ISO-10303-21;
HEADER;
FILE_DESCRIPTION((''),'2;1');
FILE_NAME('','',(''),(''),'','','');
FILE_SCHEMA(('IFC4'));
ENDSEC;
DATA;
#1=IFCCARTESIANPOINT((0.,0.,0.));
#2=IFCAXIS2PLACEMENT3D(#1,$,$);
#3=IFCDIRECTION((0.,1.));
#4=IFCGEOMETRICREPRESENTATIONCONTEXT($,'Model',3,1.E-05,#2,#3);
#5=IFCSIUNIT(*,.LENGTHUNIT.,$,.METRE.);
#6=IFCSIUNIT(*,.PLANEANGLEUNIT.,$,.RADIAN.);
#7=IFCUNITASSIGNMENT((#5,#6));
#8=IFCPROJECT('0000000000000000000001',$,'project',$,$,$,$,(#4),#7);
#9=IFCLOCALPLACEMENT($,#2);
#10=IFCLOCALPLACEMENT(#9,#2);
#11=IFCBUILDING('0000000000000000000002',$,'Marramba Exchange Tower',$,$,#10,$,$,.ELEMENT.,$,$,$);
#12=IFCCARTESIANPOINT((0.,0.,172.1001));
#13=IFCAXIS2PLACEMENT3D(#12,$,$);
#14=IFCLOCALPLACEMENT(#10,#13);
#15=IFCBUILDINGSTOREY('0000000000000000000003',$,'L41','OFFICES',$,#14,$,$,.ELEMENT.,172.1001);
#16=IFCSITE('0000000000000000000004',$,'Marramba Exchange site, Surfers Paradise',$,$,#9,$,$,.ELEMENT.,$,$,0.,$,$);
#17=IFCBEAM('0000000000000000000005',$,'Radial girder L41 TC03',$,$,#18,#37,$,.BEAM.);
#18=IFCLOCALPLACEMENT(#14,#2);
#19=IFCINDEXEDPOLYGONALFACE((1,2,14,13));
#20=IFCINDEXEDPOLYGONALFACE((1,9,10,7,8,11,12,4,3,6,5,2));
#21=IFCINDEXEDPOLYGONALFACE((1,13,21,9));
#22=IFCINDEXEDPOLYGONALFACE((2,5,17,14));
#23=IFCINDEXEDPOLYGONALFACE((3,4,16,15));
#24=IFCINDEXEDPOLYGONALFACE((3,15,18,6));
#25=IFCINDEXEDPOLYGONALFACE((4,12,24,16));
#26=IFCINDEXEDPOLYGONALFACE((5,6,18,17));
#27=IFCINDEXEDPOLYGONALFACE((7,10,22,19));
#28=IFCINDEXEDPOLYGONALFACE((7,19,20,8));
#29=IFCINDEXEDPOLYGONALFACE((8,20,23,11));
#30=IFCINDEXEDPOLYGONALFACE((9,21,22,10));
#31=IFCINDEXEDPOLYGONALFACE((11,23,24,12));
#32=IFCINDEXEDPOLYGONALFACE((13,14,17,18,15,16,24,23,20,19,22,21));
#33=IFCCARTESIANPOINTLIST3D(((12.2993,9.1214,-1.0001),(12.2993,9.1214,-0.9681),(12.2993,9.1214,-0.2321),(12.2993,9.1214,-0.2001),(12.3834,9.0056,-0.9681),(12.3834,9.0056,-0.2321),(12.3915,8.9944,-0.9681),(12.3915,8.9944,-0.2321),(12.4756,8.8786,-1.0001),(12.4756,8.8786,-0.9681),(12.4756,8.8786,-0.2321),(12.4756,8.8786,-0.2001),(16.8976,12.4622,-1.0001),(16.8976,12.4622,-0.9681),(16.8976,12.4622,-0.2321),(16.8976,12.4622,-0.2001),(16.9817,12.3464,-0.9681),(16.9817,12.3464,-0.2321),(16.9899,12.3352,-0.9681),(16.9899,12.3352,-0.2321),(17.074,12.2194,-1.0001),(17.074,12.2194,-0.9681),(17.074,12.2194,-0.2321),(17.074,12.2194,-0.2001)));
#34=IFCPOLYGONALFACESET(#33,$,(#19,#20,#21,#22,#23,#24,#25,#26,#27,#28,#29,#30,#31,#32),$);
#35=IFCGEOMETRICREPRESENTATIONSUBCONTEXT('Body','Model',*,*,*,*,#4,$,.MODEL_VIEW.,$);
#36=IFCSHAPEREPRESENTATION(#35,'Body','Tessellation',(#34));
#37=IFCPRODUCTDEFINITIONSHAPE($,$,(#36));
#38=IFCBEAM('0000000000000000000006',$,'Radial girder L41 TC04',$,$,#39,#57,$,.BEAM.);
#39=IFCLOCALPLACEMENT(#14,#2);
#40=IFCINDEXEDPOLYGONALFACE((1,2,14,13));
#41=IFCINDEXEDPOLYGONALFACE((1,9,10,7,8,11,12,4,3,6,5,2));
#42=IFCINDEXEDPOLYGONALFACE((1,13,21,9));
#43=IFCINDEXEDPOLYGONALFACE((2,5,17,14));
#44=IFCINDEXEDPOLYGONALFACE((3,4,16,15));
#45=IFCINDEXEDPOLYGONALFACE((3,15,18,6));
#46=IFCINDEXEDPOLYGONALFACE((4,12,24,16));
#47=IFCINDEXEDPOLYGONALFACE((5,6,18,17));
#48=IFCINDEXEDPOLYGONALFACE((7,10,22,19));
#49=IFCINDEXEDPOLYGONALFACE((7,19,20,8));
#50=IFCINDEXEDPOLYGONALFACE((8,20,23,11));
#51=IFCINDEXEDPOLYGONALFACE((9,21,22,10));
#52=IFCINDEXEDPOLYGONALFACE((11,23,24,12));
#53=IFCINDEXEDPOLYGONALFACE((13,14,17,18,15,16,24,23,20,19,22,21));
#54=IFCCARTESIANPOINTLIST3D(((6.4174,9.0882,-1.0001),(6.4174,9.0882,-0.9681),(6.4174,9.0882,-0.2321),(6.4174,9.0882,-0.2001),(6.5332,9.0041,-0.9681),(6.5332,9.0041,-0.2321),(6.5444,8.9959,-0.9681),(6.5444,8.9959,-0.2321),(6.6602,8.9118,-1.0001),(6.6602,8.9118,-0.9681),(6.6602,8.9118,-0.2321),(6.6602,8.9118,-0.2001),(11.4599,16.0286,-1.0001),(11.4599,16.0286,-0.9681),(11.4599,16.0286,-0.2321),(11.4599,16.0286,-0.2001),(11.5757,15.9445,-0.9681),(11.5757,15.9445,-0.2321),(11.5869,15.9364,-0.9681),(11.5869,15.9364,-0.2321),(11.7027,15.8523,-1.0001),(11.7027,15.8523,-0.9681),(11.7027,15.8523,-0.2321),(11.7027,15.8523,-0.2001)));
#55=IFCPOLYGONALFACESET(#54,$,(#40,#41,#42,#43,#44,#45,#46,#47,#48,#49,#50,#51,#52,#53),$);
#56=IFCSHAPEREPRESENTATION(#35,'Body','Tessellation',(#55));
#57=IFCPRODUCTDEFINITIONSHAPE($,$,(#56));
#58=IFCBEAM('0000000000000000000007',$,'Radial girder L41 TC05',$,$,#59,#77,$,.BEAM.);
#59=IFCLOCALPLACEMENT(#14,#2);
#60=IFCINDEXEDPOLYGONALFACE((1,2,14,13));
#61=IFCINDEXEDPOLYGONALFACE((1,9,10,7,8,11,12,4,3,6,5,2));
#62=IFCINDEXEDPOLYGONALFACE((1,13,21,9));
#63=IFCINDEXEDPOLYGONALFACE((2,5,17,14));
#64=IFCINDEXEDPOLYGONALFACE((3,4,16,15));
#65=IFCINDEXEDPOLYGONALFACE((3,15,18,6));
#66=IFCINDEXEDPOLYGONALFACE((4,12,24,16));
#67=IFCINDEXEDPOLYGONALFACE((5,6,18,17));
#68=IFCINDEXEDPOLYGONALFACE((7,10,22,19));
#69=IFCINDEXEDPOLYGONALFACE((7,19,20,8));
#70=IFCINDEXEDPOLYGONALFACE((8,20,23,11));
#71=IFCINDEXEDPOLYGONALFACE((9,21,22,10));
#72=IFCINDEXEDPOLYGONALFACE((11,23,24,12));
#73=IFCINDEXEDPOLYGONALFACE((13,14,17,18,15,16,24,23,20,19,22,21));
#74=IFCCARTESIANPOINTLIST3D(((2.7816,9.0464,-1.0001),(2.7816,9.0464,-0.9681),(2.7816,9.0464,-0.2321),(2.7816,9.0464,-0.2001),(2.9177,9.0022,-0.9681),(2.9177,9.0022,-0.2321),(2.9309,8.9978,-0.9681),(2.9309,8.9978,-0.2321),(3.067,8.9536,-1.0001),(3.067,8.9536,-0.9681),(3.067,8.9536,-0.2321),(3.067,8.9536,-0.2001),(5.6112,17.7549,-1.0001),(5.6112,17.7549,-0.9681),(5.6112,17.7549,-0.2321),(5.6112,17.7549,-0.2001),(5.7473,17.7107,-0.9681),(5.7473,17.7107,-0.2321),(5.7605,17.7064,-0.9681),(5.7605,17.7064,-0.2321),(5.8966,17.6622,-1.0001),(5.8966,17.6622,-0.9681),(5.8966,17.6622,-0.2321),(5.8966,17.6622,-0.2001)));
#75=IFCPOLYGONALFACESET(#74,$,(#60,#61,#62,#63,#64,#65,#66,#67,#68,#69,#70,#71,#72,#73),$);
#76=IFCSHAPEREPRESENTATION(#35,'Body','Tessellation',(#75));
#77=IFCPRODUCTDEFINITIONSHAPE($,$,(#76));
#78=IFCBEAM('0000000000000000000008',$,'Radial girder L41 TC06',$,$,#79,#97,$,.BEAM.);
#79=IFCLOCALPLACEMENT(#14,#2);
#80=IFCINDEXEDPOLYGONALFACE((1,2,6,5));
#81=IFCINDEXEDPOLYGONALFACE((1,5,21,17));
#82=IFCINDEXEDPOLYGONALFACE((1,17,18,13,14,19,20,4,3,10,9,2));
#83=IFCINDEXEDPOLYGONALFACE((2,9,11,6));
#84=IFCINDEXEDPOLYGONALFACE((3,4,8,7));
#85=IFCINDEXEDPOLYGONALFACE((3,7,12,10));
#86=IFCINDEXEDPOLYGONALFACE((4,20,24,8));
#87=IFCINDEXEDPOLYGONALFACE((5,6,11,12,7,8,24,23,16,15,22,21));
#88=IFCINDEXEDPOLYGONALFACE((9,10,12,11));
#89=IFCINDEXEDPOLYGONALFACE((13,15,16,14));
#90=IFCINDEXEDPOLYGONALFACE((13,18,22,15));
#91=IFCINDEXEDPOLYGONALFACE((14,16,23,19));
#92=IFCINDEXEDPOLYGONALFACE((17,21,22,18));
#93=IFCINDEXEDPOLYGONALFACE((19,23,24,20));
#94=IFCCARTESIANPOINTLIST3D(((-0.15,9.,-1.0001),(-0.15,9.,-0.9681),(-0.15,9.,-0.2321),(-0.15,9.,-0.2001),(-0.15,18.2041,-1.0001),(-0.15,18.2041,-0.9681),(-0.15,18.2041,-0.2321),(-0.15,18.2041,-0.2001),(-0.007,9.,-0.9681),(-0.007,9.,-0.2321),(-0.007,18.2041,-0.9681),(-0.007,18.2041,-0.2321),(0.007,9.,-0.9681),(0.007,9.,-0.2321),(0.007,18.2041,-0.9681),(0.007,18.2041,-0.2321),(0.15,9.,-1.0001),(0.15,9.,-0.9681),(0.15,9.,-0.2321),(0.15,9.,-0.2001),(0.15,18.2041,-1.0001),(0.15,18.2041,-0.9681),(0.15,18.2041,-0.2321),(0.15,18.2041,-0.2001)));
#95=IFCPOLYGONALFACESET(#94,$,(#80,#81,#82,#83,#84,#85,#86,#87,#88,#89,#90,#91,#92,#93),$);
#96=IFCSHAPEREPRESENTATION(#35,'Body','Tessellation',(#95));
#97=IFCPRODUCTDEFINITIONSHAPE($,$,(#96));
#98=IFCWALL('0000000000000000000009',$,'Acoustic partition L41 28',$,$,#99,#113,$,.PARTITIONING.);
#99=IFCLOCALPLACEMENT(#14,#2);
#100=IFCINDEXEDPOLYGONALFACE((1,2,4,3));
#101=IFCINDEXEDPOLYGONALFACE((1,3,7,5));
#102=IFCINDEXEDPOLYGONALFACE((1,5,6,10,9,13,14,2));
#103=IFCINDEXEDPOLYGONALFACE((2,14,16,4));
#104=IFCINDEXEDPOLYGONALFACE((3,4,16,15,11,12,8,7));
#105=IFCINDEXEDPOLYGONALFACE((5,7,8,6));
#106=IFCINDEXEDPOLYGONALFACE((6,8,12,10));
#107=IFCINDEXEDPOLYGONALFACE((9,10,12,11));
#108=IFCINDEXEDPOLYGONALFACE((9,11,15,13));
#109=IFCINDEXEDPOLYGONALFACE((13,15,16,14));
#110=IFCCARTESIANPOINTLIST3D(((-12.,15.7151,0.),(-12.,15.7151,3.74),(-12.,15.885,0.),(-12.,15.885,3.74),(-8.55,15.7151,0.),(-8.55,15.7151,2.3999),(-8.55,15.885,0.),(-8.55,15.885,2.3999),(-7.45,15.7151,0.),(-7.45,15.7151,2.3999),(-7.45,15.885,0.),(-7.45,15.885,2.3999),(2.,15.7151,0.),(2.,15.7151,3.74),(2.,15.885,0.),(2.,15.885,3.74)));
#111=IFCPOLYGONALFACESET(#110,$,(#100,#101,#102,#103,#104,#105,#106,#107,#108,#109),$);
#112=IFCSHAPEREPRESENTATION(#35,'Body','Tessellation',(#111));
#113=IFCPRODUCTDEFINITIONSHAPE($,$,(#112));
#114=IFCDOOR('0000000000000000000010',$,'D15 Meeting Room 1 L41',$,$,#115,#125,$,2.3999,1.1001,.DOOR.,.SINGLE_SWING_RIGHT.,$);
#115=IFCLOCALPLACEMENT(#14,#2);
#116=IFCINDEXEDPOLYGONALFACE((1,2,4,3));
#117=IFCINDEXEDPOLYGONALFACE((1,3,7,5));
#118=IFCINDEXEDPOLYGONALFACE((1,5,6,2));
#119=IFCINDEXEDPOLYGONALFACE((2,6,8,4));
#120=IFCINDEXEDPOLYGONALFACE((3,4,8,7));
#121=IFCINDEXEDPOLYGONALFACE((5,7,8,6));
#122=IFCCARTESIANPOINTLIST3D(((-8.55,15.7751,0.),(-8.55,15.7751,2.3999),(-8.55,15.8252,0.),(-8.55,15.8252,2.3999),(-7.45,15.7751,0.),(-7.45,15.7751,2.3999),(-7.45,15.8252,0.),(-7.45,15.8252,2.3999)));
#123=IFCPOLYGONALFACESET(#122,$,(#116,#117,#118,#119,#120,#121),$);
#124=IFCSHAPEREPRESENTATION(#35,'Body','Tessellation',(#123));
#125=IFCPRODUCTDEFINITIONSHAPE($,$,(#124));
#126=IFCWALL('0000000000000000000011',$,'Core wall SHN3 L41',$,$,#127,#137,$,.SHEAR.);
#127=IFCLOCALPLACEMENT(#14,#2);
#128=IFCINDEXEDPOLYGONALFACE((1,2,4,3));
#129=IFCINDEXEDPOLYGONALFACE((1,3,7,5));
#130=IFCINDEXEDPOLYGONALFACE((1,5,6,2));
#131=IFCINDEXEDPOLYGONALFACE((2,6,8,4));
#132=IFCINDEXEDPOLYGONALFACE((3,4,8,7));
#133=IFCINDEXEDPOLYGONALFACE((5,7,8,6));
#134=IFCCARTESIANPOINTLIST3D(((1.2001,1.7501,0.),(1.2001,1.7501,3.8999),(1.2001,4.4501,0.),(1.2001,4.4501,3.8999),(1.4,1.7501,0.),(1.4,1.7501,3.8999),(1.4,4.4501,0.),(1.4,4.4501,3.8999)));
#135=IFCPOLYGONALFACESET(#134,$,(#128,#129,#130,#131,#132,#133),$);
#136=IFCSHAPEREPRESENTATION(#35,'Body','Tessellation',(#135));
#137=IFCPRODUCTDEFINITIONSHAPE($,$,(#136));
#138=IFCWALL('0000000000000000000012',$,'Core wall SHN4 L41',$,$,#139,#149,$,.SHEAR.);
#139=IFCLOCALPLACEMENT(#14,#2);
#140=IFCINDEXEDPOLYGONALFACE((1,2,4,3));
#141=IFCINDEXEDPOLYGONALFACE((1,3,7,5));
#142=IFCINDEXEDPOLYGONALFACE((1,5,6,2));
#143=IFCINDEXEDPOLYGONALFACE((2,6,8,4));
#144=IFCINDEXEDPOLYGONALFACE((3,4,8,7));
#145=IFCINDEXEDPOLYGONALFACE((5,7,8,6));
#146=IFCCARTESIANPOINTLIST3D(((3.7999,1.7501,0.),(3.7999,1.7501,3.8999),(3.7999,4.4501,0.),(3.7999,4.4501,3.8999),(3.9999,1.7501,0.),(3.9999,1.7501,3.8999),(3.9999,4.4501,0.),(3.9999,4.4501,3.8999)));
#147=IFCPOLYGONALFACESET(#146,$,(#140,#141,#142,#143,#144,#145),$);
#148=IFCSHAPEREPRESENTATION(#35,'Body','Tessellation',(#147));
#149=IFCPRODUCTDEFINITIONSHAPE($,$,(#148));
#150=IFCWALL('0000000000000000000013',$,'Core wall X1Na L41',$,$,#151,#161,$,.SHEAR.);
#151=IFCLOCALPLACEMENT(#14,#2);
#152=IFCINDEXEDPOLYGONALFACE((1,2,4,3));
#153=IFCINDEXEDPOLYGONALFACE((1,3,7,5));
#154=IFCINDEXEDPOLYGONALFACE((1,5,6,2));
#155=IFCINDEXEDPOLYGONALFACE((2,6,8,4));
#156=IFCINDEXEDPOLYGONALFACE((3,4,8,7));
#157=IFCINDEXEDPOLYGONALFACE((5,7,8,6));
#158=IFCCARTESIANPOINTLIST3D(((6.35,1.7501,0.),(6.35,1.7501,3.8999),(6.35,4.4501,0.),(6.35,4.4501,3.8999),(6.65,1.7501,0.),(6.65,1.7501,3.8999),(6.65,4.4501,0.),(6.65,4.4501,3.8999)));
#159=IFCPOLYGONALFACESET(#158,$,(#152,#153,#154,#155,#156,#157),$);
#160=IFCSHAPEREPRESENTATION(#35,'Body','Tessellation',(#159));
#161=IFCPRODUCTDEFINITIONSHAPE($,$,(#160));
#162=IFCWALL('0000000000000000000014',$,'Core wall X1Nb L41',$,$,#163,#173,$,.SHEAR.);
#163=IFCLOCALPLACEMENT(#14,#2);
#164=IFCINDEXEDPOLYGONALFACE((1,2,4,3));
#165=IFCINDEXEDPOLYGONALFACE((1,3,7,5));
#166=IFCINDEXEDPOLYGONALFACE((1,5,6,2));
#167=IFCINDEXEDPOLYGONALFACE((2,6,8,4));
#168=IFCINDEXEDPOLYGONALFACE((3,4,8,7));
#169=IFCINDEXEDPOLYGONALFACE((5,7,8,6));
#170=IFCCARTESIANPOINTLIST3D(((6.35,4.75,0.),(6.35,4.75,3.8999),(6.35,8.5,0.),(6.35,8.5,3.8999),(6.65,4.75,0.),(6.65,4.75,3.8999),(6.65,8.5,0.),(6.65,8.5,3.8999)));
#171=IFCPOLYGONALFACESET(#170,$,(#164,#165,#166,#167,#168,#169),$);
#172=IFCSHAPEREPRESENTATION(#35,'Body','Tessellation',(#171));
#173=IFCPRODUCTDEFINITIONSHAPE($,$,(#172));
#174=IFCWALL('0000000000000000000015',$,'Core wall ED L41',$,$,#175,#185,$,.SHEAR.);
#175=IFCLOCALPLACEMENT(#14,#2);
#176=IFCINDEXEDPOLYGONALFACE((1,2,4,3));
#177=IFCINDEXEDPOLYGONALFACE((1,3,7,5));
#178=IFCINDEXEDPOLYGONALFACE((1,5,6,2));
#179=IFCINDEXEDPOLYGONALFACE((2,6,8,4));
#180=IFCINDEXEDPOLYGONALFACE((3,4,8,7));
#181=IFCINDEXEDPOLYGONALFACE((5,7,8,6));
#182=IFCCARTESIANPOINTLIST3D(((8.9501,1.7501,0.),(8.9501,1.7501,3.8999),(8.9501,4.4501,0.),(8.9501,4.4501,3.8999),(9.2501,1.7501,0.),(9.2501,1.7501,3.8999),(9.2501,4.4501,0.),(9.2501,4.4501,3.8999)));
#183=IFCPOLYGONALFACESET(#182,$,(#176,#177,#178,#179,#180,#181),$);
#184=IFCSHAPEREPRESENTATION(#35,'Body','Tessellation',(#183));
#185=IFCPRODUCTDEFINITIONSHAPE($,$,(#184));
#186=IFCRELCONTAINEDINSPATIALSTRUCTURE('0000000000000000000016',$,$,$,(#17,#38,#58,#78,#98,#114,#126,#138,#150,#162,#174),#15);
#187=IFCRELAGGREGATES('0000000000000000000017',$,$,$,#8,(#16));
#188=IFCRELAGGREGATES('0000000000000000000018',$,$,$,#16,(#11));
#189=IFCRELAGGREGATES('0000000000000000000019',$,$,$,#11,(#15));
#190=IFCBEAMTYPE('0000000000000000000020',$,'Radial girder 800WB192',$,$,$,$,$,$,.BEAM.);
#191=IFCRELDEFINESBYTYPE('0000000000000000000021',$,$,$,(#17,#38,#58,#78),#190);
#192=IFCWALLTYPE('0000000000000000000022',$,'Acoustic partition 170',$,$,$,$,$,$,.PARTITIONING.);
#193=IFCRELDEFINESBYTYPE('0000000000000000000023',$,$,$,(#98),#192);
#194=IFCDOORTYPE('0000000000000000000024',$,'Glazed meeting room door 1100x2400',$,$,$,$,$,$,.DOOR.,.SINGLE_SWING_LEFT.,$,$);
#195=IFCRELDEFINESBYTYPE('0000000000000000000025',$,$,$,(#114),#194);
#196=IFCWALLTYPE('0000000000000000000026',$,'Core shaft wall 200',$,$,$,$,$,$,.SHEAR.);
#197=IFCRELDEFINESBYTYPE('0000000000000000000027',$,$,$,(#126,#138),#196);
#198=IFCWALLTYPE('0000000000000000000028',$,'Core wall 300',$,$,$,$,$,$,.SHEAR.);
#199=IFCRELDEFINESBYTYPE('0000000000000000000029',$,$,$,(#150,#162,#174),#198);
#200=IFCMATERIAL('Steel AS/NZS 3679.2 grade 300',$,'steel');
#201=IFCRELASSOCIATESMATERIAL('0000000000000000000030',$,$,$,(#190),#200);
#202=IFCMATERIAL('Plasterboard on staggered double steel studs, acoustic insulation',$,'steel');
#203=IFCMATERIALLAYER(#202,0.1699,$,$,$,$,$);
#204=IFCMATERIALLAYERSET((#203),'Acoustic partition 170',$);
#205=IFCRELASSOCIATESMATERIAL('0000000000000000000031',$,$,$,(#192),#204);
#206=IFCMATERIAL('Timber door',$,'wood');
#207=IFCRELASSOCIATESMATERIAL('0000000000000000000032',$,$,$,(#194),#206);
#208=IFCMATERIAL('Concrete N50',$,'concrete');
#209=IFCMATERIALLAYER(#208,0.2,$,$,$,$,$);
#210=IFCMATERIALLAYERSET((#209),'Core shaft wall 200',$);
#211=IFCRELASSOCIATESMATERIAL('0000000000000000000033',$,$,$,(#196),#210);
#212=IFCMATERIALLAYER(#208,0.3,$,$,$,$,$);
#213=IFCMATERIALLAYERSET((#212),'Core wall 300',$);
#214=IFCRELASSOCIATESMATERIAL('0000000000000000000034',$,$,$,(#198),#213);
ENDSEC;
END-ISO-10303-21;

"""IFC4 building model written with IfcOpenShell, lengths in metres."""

from ifc_helpers import new_model, si_unit, direction, frame, frame_2d, origin, origin_2d, place, context, subcontext, project, spatial, rectangle, i_section, extrude, material, layer, layer_set, material_profile, profile_set, type_object, element, fill, save


model = new_model("IFC4")

# Units and contexts
model_context = context("Model", 3, precision=1e-05, world=origin(), true_north=direction((0.0, 1.0)))
body_context = subcontext(model_context, "Body", "Model", "MODEL_VIEW")
ifc_project = project(units=[si_unit("LENGTHUNIT", "METRE"), si_unit("PLANEANGLEUNIT", "RADIAN")], contexts=[model_context])

# Site, building, storey
site_placement = place(None, origin())
site = spatial("IfcSite", under=ifc_project, at=site_placement, Name="Marramba Exchange site, Surfers Paradise", CompositionType="ELEMENT", RefElevation=0.0)
building_placement = place(site_placement, origin())
building = spatial("IfcBuilding", under=site, at=building_placement, Name="Marramba Exchange Tower", CompositionType="ELEMENT")
storey_placement = place(building_placement, frame((0.0, 0.0, 172.1001)))
storey = spatial("IfcBuildingStorey", under=building, at=storey_placement, Name="L41", Description="OFFICES", CompositionType="ELEMENT", Elevation=172.1001)

# Shared definitions
ifc_material_1 = material(Name="Concrete N50", Category="concrete")

# Shared definitions
ifc_material_2 = material(Name="Steel AS/NZS 3679.2 grade 300", Category="steel")

# Beams
ifc_material_profile_1 = material_profile(ifc_material_2, i_section(OverallWidth=0.3, OverallDepth=0.8, WebThickness=0.0139, FlangeThickness=0.032, at=origin_2d()), Name="800WB192")
ifc_profile_set_1 = profile_set([ifc_material_profile_1], Name="Steel AS/NZS 3679.2 grade 300")
beam_type_1 = type_object("IfcBeamType", Name="Radial girder 800WB192", PredefinedType="BEAM", material=ifc_profile_set_1)
beam_1_placement = place(storey_placement, frame((12.3875, 9.0, -0.6001), z_axis=(0.809026, 0.587773, 0.0), x_axis=(-0.587773, 0.809026, 0.0)))
element("IfcBeam", 1, at=beam_1_placement, inside=storey, type_object=beam_type_1, Name="Radial girder L41 TC03", PredefinedType="BEAM", context=body_context, shape_type="SweptSolid", body=[
    extrude(i_section(OverallWidth=0.3, OverallDepth=0.8, WebThickness=0.0139, FlangeThickness=0.032, at=origin_2d()), origin(), (0.0, 0.0, 1.0), 5.6838),
])
beam_2_placement = place(storey_placement, frame((6.5388, 9.0, -0.6001), z_axis=(0.587782, 0.809019, 0.0), x_axis=(-0.809019, 0.587782, 0.0)))
element("IfcBeam", 2, at=beam_2_placement, inside=storey, type_object=beam_type_1, Name="Radial girder L41 TC04", PredefinedType="BEAM", context=body_context, shape_type="SweptSolid", body=[
    extrude(i_section(OverallWidth=0.3, OverallDepth=0.8, WebThickness=0.0139, FlangeThickness=0.032, at=origin_2d()), origin(), (0.0, 0.0, 1.0), 8.5789),
])
beam_3_placement = place(storey_placement, frame((2.9243, 9.0, -0.6001), z_axis=(0.30902, 0.951056, 0.0), x_axis=(-0.951056, 0.30902, 0.0)))
element("IfcBeam", 3, at=beam_3_placement, inside=storey, type_object=beam_type_1, Name="Radial girder L41 TC05", PredefinedType="BEAM", context=body_context, shape_type="SweptSolid", body=[
    extrude(i_section(OverallWidth=0.3, OverallDepth=0.8, WebThickness=0.0139, FlangeThickness=0.032, at=origin_2d()), origin(), (0.0, 0.0, 1.0), 9.1567),
])
beam_4_placement = place(storey_placement, frame((0.0, 9.0, -0.6001), z_axis=(0.0, 1.0, 0.0), x_axis=(-1.0, 0.0, 0.0)))
element("IfcBeam", 4, at=beam_4_placement, inside=storey, type_object=beam_type_1, Name="Radial girder L41 TC06", PredefinedType="BEAM", context=body_context, shape_type="SweptSolid", body=[
    extrude(i_section(OverallWidth=0.3, OverallDepth=0.8, WebThickness=0.0139, FlangeThickness=0.032, at=origin_2d()), origin(), (0.0, 0.0, 1.0), 9.2041),
])

# Wall, opening, door
ifc_material_3 = material(Name="Plasterboard on staggered double steel studs, acoustic insulation", Category="steel")
ifc_layer_1 = layer(ifc_material_3, 0.1699)
ifc_layer_set_1 = layer_set([ifc_layer_1], Name="Acoustic partition 170")
wall_type_1 = type_object("IfcWallType", Name="Acoustic partition 170", PredefinedType="PARTITIONING", material=ifc_layer_set_1)
ifc_material_4 = material(Name="Timber door", Category="wood")
door_type_1 = type_object("IfcDoorType", Name="Glazed meeting room door 1100x2400", OperationType="SINGLE_SWING_LEFT", PredefinedType="DOOR", material=ifc_material_4)
wall_1_placement = place(storey_placement, frame((2.0, 15.8, 0.0), z_axis=(0.0, 0.0, 1.0), x_axis=(-1.0, 0.0, 0.0)))
wall_1 = element("IfcWall", 5, at=wall_1_placement, inside=storey, type_object=wall_type_1, Name="Acoustic partition L41 28", PredefinedType="PARTITIONING", context=body_context, shape_type="SweptSolid", body=[
    extrude(rectangle(XDim=14.0, YDim=0.1699, at=frame_2d((7.0, 0.0))), origin(), (0.0, 0.0, 1.0), 3.74),
])
opening_1_placement = place(wall_1_placement, frame((9.45, 0.0, 0.0)))
opening_1 = element("IfcOpeningElement", 6, at=opening_1_placement, cuts=wall_1, PredefinedType="OPENING", context=body_context, shape_type="SweptSolid", body=[
    extrude(rectangle(XDim=1.1001, YDim=2.3999, at=frame_2d((0.55, 1.2))), frame((0.0, 0.095, 0.0), z_axis=(0.0, -1.0, 0.0), x_axis=(1.0, 0.0, 0.0)), (0.0, 0.0, 1.0), 0.1899),
])
door_1_placement = place(opening_1_placement, origin())
door_1 = element("IfcDoor", 7, at=door_1_placement, inside=storey, type_object=door_type_1, Name="D15 Meeting Room 1 L41", OperationType="SINGLE_SWING_RIGHT", OverallHeight=2.3999, OverallWidth=1.1001, PredefinedType="DOOR", context=body_context, shape_type="SweptSolid", body=[
    extrude(rectangle(XDim=1.1001, YDim=2.3999, at=frame_2d((0.55, 1.2))), frame((0.0, 0.0249, 0.0), z_axis=(0.0, -1.0, 0.0), x_axis=(1.0, 0.0, 0.0)), (0.0, 0.0, 1.0), 0.05),
])
fill(opening_1, door_1)

# Walls
ifc_layer_2 = layer(ifc_material_1, 0.2)
ifc_layer_set_2 = layer_set([ifc_layer_2], Name="Core shaft wall 200")
wall_type_2 = type_object("IfcWallType", Name="Core shaft wall 200", PredefinedType="SHEAR", material=ifc_layer_set_2)
for number, where, z_axis, x_axis, name in (
    (8, (1.3, 1.75, 0.0), (0.0, 0.0, 1.0), (0.0, 1.0, 0.0), "Core wall SHN3 L41"),
    (9, (3.8999, 1.75, 0.0), (0.0, 0.0, 1.0), (0.0, 1.0, 0.0), "Core wall SHN4 L41"),
):
    element("IfcWall", number, at=place(storey_placement, frame(where, z_axis=z_axis, x_axis=x_axis)), inside=storey, type_object=wall_type_2, Name=name, PredefinedType="SHEAR", context=body_context, shape_type="SweptSolid", body=[
        extrude(rectangle(XDim=2.7, YDim=0.2, at=frame_2d((1.3501, 0.0))), origin(), (0.0, 0.0, 1.0), 3.8999),
    ])
ifc_layer_3 = layer(ifc_material_1, 0.3)
ifc_layer_set_3 = layer_set([ifc_layer_3], Name="Core wall 300")
wall_type_3 = type_object("IfcWallType", Name="Core wall 300", PredefinedType="SHEAR", material=ifc_layer_set_3)
wall_2_placement = place(storey_placement, frame((6.5, 1.75, 0.0), z_axis=(0.0, 0.0, 1.0), x_axis=(0.0, 1.0, 0.0)))
element("IfcWall", 10, at=wall_2_placement, inside=storey, type_object=wall_type_3, Name="Core wall X1Na L41", PredefinedType="SHEAR", context=body_context, shape_type="SweptSolid", body=[
    extrude(rectangle(XDim=2.7, YDim=0.3, at=frame_2d((1.3501, 0.0))), origin(), (0.0, 0.0, 1.0), 3.8999),
])
wall_3_placement = place(storey_placement, frame((6.5, 4.75, 0.0), z_axis=(0.0, 0.0, 1.0), x_axis=(0.0, 1.0, 0.0)))
element("IfcWall", 11, at=wall_3_placement, inside=storey, type_object=wall_type_3, Name="Core wall X1Nb L41", PredefinedType="SHEAR", context=body_context, shape_type="SweptSolid", body=[
    extrude(rectangle(XDim=3.75, YDim=0.3, at=frame_2d((1.875, 0.0))), origin(), (0.0, 0.0, 1.0), 3.8999),
])
wall_4_placement = place(storey_placement, frame((9.1001, 1.75, 0.0), z_axis=(0.0, 0.0, 1.0), x_axis=(0.0, 1.0, 0.0)))
element("IfcWall", 12, at=wall_4_placement, inside=storey, type_object=wall_type_3, Name="Core wall ED L41", PredefinedType="SHEAR", context=body_context, shape_type="SweptSolid", body=[
    extrude(rectangle(XDim=2.7, YDim=0.3, at=frame_2d((1.3501, 0.0))), origin(), (0.0, 0.0, 1.0), 3.8999),
])

save(model, "model.ifc")
